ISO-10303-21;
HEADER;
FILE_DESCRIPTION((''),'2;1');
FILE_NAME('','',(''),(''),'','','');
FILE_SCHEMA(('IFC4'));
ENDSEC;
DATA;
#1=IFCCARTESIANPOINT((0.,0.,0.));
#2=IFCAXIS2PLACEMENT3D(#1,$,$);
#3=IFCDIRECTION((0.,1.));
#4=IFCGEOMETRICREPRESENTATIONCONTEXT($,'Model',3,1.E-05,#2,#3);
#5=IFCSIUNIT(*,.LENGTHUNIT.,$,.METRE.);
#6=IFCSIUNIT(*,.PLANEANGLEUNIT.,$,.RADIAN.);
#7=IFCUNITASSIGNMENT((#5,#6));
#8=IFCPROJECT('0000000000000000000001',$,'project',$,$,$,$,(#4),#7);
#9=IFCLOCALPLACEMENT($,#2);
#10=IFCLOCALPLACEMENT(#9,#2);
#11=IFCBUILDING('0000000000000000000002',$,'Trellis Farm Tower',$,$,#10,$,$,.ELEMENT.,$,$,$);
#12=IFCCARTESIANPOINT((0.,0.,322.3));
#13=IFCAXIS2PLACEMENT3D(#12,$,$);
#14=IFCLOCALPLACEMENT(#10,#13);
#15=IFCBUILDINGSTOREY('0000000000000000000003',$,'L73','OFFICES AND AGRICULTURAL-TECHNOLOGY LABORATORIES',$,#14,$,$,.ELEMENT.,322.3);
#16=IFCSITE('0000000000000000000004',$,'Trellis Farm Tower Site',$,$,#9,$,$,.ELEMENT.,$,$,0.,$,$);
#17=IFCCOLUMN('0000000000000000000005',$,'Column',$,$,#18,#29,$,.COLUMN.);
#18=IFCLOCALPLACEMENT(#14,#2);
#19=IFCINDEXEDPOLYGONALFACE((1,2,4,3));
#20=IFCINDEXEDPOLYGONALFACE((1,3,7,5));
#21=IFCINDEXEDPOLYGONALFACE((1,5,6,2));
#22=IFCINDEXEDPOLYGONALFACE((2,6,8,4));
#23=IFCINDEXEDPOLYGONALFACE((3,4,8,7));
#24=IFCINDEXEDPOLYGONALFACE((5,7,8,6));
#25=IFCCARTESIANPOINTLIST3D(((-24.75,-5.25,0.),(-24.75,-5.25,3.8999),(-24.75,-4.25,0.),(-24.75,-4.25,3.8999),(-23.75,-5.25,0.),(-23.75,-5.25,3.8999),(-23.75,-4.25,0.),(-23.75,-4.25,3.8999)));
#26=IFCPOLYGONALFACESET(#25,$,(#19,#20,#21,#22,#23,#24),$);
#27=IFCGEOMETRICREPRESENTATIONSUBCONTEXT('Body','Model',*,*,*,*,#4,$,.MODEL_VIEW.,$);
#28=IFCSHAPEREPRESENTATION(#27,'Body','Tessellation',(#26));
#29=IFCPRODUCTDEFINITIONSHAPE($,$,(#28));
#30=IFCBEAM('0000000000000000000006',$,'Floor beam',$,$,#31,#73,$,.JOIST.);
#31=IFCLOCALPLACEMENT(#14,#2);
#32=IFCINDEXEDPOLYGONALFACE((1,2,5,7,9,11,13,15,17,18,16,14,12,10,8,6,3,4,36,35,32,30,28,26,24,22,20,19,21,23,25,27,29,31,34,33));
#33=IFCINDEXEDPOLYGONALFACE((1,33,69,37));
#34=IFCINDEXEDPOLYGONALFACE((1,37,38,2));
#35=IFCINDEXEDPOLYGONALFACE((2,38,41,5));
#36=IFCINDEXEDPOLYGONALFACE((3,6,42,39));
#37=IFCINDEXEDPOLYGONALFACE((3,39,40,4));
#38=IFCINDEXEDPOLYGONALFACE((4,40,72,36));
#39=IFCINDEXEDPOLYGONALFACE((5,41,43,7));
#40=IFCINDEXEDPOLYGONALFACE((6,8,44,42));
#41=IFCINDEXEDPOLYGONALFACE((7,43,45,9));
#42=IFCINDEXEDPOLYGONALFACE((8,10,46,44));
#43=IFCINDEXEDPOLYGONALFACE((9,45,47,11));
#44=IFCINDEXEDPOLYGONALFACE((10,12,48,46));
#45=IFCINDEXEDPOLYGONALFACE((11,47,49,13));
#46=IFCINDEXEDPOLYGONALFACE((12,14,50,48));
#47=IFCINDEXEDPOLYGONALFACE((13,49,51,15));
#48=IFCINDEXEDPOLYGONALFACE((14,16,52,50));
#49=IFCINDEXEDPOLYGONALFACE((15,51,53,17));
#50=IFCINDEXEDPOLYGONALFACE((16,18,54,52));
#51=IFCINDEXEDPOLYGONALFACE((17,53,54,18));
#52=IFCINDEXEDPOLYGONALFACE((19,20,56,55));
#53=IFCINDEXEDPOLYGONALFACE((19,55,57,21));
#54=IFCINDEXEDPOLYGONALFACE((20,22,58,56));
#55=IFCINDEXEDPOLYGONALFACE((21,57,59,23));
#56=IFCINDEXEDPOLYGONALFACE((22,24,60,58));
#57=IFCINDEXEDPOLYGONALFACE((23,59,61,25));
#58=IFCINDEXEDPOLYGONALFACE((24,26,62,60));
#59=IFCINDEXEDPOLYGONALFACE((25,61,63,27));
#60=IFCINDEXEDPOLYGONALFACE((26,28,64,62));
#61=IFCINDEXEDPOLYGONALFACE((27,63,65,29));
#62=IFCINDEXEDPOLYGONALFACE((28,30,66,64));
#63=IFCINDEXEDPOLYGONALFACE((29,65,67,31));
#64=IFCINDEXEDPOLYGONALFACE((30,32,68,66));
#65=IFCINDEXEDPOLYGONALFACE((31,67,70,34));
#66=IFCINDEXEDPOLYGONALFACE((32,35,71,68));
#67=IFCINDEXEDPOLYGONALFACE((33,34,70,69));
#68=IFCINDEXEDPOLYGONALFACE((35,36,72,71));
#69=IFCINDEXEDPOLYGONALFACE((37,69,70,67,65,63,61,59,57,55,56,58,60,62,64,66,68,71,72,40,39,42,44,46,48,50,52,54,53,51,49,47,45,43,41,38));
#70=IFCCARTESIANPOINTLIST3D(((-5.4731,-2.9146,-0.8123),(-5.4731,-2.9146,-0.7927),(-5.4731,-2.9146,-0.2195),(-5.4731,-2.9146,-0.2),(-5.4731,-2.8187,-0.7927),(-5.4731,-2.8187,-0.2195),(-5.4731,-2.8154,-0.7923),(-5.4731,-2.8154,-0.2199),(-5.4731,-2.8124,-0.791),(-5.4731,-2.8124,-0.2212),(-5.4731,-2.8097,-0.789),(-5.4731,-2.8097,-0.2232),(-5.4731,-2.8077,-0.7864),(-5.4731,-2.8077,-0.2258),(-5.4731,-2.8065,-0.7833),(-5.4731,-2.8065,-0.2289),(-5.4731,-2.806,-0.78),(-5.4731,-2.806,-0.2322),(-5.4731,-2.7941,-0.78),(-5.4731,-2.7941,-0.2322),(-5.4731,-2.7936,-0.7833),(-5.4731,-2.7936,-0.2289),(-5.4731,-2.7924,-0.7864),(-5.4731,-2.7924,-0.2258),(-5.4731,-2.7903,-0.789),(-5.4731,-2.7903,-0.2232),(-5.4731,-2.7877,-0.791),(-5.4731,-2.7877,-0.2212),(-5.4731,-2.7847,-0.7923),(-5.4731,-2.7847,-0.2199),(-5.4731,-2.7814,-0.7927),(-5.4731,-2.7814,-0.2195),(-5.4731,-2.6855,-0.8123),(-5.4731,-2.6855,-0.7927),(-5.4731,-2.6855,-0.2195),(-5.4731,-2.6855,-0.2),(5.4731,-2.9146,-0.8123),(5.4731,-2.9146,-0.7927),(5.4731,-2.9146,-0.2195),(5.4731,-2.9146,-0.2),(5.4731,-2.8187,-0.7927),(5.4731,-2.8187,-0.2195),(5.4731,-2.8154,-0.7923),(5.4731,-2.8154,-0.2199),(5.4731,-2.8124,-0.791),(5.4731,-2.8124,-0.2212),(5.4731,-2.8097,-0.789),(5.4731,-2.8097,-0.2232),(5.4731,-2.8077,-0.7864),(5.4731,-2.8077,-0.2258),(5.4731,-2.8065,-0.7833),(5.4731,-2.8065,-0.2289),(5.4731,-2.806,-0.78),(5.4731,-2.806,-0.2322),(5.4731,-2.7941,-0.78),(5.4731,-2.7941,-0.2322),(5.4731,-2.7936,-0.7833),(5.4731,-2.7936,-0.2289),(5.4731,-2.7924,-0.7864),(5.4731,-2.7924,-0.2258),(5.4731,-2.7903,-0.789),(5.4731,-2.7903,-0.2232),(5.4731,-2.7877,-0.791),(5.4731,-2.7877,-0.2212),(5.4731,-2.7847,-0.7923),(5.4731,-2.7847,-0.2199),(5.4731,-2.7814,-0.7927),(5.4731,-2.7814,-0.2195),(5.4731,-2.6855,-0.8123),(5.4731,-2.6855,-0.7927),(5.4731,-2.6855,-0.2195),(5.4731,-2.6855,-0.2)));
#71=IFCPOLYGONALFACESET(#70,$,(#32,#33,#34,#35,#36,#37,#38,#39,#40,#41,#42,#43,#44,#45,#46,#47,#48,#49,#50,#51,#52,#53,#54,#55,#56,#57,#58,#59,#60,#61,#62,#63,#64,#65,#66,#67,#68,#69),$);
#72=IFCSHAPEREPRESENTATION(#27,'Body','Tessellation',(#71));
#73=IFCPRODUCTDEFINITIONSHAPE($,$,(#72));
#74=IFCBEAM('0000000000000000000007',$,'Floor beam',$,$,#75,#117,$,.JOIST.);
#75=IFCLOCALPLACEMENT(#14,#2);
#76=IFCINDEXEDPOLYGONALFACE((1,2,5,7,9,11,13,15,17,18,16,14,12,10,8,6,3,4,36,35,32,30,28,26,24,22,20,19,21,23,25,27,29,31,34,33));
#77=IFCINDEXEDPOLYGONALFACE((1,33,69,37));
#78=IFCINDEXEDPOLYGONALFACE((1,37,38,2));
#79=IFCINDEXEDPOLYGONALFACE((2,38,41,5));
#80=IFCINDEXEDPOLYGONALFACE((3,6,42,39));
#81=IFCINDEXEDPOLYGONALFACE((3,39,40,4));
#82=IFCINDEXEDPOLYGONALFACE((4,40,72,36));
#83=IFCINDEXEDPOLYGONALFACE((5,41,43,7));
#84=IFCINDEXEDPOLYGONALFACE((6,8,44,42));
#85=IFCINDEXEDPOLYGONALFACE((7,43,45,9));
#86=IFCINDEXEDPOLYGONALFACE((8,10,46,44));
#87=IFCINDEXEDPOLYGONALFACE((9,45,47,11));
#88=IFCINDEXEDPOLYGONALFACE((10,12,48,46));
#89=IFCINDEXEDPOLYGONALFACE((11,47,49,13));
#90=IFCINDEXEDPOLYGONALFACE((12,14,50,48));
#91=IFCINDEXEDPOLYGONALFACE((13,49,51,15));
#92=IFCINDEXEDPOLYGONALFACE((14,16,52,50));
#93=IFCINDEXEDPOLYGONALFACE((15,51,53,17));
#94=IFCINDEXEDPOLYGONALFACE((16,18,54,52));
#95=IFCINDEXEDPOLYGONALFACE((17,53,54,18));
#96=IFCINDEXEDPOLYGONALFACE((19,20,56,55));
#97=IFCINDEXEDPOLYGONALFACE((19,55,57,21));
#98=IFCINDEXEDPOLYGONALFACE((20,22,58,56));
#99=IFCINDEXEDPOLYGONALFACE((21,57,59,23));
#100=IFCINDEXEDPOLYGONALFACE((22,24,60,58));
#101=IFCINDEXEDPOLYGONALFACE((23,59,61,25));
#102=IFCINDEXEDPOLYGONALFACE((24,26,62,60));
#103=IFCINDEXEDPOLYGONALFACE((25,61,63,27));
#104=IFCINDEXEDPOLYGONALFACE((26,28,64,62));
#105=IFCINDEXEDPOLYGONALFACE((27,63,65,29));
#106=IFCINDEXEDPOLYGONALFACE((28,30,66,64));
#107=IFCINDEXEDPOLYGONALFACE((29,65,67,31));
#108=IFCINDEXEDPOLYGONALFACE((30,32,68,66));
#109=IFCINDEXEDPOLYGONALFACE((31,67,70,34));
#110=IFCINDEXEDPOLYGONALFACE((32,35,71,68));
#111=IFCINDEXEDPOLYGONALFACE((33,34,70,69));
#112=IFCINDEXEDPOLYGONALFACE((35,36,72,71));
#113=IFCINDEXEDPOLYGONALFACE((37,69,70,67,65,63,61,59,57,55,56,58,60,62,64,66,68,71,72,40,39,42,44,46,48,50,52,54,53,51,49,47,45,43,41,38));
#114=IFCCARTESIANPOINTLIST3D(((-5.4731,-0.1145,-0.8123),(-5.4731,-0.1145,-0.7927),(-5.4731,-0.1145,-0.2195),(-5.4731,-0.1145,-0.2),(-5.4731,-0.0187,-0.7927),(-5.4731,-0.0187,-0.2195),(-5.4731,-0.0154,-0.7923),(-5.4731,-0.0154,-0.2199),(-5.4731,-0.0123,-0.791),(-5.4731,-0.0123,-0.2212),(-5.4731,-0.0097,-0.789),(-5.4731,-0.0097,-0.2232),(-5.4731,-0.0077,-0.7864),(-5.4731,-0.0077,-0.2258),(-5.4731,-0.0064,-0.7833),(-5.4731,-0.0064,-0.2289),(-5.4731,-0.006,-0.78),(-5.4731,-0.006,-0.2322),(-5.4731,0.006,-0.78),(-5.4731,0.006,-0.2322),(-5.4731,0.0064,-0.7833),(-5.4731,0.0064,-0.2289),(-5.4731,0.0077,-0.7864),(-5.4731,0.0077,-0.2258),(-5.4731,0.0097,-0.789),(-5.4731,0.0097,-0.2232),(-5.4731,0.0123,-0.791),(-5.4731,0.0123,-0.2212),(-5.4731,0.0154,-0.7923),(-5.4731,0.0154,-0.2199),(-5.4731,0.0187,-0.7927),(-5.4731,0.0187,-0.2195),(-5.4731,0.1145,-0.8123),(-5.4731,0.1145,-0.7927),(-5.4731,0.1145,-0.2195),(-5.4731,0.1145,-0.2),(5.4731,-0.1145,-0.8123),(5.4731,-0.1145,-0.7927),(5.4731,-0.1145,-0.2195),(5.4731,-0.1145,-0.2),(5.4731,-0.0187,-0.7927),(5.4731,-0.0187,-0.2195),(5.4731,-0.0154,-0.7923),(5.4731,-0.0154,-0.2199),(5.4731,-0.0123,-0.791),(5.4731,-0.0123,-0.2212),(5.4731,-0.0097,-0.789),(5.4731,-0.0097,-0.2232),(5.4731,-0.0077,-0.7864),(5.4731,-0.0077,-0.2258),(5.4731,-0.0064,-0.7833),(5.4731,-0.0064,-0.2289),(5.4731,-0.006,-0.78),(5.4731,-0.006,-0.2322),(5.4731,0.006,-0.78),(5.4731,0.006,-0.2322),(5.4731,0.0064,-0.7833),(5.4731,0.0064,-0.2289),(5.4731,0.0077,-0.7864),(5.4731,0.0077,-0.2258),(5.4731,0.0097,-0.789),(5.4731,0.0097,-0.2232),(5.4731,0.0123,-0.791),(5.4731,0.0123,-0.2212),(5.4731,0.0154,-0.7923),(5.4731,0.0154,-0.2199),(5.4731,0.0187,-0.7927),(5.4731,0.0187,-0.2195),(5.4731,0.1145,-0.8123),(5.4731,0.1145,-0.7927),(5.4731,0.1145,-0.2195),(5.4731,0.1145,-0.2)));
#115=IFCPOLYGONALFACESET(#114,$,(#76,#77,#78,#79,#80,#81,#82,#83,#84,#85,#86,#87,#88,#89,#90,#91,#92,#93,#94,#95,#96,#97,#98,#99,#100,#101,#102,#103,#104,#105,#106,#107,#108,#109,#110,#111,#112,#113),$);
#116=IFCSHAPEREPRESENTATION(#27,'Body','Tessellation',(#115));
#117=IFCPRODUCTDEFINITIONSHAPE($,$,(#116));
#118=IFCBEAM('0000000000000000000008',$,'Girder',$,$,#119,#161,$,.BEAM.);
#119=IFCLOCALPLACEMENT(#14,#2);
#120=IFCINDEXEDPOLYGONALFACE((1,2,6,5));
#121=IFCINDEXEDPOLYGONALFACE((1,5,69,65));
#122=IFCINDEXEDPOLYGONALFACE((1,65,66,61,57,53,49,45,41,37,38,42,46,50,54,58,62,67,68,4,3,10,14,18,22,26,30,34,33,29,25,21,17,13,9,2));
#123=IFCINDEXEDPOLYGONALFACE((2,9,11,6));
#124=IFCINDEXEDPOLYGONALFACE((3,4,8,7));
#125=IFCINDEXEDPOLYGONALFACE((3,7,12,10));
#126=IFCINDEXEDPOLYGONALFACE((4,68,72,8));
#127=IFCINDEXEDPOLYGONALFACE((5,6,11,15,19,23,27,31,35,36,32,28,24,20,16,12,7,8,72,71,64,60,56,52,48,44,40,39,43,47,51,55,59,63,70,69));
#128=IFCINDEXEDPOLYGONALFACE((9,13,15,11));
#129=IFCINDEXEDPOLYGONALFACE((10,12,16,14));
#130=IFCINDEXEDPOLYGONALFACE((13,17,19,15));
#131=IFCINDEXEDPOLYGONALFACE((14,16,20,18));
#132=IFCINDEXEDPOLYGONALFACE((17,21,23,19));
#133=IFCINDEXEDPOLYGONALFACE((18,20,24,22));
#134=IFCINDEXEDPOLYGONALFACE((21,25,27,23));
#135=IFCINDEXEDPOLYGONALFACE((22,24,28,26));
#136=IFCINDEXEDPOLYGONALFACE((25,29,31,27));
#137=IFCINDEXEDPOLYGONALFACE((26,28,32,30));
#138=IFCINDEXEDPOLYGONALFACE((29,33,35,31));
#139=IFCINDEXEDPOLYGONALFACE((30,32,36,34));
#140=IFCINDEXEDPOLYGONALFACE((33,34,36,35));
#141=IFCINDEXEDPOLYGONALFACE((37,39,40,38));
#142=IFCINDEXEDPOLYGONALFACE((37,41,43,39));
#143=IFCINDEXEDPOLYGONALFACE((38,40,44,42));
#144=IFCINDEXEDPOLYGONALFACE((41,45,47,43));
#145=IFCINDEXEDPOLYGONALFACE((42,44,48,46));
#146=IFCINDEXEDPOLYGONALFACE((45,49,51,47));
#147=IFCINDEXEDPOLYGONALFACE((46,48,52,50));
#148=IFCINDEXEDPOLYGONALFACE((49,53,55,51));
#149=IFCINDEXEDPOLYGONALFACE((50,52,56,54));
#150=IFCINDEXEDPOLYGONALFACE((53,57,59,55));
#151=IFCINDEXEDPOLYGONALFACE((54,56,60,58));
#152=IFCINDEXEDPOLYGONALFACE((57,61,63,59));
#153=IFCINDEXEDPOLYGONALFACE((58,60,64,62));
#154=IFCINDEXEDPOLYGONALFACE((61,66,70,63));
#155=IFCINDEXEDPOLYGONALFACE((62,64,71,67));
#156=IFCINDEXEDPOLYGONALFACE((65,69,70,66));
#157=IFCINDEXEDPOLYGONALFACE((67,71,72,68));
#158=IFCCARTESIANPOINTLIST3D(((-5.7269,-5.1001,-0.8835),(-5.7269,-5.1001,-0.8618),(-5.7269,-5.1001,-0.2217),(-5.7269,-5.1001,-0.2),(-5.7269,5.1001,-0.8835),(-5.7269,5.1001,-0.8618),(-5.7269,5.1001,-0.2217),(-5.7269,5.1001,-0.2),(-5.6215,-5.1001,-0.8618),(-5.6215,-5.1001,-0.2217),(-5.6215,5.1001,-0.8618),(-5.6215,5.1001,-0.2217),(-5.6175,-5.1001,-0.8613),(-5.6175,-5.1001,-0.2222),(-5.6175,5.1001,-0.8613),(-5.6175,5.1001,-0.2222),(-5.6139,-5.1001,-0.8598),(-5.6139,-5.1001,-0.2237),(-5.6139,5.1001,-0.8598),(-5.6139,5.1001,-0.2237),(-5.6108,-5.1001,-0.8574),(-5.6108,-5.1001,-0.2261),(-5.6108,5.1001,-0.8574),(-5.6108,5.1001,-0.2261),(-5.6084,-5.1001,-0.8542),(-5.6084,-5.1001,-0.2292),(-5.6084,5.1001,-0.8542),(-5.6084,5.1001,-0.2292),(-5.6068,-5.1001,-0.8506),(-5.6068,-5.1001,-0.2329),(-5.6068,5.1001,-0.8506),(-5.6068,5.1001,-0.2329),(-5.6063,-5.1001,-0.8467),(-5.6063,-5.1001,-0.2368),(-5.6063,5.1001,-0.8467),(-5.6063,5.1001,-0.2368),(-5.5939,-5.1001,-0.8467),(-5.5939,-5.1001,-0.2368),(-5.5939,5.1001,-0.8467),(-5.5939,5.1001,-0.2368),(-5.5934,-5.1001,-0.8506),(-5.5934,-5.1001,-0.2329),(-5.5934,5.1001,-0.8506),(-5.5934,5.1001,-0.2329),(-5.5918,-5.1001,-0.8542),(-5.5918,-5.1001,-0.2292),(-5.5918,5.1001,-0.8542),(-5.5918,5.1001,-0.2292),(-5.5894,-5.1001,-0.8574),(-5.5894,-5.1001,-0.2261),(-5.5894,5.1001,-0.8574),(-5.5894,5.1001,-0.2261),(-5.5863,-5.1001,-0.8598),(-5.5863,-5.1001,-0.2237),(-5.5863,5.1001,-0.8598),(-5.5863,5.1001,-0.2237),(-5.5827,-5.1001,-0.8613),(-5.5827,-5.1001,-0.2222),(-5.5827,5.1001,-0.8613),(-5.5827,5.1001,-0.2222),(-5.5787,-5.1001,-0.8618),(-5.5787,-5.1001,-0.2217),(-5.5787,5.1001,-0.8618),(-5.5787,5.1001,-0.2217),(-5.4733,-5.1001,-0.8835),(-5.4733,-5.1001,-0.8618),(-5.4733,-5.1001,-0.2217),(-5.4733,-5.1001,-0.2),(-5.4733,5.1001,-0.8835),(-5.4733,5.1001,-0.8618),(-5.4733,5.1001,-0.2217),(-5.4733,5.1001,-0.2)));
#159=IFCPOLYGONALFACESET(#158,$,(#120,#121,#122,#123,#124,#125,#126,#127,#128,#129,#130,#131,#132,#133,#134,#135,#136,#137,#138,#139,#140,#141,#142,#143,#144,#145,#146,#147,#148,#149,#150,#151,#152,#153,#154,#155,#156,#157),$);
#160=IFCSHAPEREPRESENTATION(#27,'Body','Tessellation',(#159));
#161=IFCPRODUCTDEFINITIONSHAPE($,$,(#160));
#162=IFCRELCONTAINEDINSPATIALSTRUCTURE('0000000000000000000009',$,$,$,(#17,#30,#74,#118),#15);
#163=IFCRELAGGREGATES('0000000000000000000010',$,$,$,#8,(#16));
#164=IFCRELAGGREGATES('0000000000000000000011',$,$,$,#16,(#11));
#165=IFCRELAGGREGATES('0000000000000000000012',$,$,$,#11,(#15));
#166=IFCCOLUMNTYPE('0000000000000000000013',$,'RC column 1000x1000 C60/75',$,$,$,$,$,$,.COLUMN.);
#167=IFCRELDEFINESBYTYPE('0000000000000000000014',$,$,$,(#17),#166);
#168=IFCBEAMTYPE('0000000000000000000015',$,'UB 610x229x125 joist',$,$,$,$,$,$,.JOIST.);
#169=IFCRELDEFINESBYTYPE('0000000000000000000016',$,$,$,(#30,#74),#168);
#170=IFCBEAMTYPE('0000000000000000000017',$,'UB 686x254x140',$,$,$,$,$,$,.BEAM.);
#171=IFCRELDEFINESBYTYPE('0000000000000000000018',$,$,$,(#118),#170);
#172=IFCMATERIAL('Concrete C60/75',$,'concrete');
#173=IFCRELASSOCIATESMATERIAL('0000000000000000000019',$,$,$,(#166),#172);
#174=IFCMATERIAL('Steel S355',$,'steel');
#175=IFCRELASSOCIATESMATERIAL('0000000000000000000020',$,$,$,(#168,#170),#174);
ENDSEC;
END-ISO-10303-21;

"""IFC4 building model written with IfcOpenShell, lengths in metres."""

from ifc_helpers import new_model, si_unit, direction, frame, origin, origin_2d, place, context, subcontext, project, spatial, rectangle, i_section, extrude, source, transform, mapped, material, material_profile, profile_set, type_object, element, save


model = new_model("IFC4")

# Units and contexts
model_context = context("Model", 3, precision=1e-05, world=origin(), true_north=direction((0.0, 1.0)))
body_context = subcontext(model_context, "Body", "Model", "MODEL_VIEW")
ifc_project = project(units=[si_unit("LENGTHUNIT", "METRE"), si_unit("PLANEANGLEUNIT", "RADIAN")], contexts=[model_context])

# Site, building, storey
site_placement = place(None, origin())
site = spatial("IfcSite", under=ifc_project, at=site_placement, Name="Trellis Farm Tower Site", CompositionType="ELEMENT", RefElevation=0.0)
building_placement = place(site_placement, origin())
building = spatial("IfcBuilding", under=site, at=building_placement, Name="Trellis Farm Tower", CompositionType="ELEMENT")
storey_placement = place(building_placement, frame((0.0, 0.0, 322.3)))
storey = spatial("IfcBuildingStorey", under=building, at=storey_placement, Name="L73", Description="OFFICES AND AGRICULTURAL-TECHNOLOGY LABORATORIES", CompositionType="ELEMENT", Elevation=322.3)

# Column
ifc_material_1 = material(Name="Concrete C60/75", Category="concrete")
ifc_material_profile_1 = material_profile(ifc_material_1, rectangle(XDim=1.0, YDim=1.0, at=origin_2d()), Name="RC column 1000x1000 C60/75")
ifc_profile_set_1 = profile_set([ifc_material_profile_1], Name="Concrete C60/75")
column_type = type_object("IfcColumnType", Name="RC column 1000x1000 C60/75", PredefinedType="COLUMN", material=ifc_profile_set_1)
shared_shape_1 = source(origin(), body_context, "Body", "SweptSolid", [
    extrude(rectangle(XDim=1.0, YDim=1.0, at=origin_2d()), origin(), (0.0, 0.0, 1.0), 3.8999),
])
column_placement = place(storey_placement, frame((-24.25, -4.75, 0.0), z_axis=(0.0, 0.0, 1.0), x_axis=(1.0, 0.0, 0.0)))
element("IfcColumn", 1, at=column_placement, inside=storey, type_object=column_type, Name="Column", PredefinedType="COLUMN", context=body_context, shape_type="MappedRepresentation", body=[
    mapped(shared_shape_1, transform((0.0, 0.0, 0.0))),
])

# Beams
ifc_material_2 = material(Name="Steel S355", Category="steel")
ifc_material_profile_2 = material_profile(ifc_material_2, i_section(OverallWidth=0.229, OverallDepth=0.6123, WebThickness=0.012, FlangeThickness=0.0195, FilletRadius=0.0127, at=origin_2d()), Name="UB 610x229x125")
ifc_profile_set_2 = profile_set([ifc_material_profile_2], Name="Steel S355")
beam_type_1 = type_object("IfcBeamType", Name="UB 610x229x125 joist", PredefinedType="JOIST", material=ifc_profile_set_2)
shared_shape_2 = source(origin(), body_context, "Body", "SweptSolid", [
    extrude(i_section(OverallWidth=0.229, OverallDepth=0.6123, WebThickness=0.012, FlangeThickness=0.0195, FilletRadius=0.0127, at=origin_2d()), origin(), (0.0, 0.0, 1.0), 10.9463),
])
for number, where, z_axis, x_axis, name in (
    (2, (-5.4731, -2.8, -0.5061), (1.0, 0.0, 0.0), (0.0, 1.0, 0.0), "Floor beam"),
    (3, (-5.4731, 0.0, -0.5061), (1.0, 0.0, 0.0), (0.0, 1.0, 0.0), "Floor beam"),
):
    element("IfcBeam", number, at=place(storey_placement, frame(where, z_axis=z_axis, x_axis=x_axis)), inside=storey, type_object=beam_type_1, Name=name, PredefinedType="JOIST", context=body_context, shape_type="MappedRepresentation", body=[
        mapped(shared_shape_2, transform((0.0, 0.0, 0.0))),
    ])
ifc_material_profile_3 = material_profile(ifc_material_2, i_section(OverallWidth=0.2537, OverallDepth=0.6836, WebThickness=0.0125, FlangeThickness=0.0217, FilletRadius=0.0151, at=origin_2d()), Name="UB 686x254x140")
ifc_profile_set_3 = profile_set([ifc_material_profile_3], Name="Steel S355")
beam_type_2 = type_object("IfcBeamType", Name="UB 686x254x140", PredefinedType="BEAM", material=ifc_profile_set_3)
shared_shape_3 = source(origin(), body_context, "Body", "SweptSolid", [
    extrude(i_section(OverallWidth=0.2537, OverallDepth=0.6836, WebThickness=0.0125, FlangeThickness=0.0217, FilletRadius=0.0151, at=origin_2d()), origin(), (0.0, 0.0, 1.0), 10.2002),
])
beam_1_placement = place(storey_placement, frame((-5.6001, -5.1001, -0.5417), z_axis=(0.0, 1.0, 0.0), x_axis=(-1.0, 0.0, 0.0)))
element("IfcBeam", 4, at=beam_1_placement, inside=storey, type_object=beam_type_2, Name="Girder", PredefinedType="BEAM", context=body_context, shape_type="MappedRepresentation", body=[
    mapped(shared_shape_3, transform((0.0, 0.0, 0.0))),
])

save(model, "model.ifc")
